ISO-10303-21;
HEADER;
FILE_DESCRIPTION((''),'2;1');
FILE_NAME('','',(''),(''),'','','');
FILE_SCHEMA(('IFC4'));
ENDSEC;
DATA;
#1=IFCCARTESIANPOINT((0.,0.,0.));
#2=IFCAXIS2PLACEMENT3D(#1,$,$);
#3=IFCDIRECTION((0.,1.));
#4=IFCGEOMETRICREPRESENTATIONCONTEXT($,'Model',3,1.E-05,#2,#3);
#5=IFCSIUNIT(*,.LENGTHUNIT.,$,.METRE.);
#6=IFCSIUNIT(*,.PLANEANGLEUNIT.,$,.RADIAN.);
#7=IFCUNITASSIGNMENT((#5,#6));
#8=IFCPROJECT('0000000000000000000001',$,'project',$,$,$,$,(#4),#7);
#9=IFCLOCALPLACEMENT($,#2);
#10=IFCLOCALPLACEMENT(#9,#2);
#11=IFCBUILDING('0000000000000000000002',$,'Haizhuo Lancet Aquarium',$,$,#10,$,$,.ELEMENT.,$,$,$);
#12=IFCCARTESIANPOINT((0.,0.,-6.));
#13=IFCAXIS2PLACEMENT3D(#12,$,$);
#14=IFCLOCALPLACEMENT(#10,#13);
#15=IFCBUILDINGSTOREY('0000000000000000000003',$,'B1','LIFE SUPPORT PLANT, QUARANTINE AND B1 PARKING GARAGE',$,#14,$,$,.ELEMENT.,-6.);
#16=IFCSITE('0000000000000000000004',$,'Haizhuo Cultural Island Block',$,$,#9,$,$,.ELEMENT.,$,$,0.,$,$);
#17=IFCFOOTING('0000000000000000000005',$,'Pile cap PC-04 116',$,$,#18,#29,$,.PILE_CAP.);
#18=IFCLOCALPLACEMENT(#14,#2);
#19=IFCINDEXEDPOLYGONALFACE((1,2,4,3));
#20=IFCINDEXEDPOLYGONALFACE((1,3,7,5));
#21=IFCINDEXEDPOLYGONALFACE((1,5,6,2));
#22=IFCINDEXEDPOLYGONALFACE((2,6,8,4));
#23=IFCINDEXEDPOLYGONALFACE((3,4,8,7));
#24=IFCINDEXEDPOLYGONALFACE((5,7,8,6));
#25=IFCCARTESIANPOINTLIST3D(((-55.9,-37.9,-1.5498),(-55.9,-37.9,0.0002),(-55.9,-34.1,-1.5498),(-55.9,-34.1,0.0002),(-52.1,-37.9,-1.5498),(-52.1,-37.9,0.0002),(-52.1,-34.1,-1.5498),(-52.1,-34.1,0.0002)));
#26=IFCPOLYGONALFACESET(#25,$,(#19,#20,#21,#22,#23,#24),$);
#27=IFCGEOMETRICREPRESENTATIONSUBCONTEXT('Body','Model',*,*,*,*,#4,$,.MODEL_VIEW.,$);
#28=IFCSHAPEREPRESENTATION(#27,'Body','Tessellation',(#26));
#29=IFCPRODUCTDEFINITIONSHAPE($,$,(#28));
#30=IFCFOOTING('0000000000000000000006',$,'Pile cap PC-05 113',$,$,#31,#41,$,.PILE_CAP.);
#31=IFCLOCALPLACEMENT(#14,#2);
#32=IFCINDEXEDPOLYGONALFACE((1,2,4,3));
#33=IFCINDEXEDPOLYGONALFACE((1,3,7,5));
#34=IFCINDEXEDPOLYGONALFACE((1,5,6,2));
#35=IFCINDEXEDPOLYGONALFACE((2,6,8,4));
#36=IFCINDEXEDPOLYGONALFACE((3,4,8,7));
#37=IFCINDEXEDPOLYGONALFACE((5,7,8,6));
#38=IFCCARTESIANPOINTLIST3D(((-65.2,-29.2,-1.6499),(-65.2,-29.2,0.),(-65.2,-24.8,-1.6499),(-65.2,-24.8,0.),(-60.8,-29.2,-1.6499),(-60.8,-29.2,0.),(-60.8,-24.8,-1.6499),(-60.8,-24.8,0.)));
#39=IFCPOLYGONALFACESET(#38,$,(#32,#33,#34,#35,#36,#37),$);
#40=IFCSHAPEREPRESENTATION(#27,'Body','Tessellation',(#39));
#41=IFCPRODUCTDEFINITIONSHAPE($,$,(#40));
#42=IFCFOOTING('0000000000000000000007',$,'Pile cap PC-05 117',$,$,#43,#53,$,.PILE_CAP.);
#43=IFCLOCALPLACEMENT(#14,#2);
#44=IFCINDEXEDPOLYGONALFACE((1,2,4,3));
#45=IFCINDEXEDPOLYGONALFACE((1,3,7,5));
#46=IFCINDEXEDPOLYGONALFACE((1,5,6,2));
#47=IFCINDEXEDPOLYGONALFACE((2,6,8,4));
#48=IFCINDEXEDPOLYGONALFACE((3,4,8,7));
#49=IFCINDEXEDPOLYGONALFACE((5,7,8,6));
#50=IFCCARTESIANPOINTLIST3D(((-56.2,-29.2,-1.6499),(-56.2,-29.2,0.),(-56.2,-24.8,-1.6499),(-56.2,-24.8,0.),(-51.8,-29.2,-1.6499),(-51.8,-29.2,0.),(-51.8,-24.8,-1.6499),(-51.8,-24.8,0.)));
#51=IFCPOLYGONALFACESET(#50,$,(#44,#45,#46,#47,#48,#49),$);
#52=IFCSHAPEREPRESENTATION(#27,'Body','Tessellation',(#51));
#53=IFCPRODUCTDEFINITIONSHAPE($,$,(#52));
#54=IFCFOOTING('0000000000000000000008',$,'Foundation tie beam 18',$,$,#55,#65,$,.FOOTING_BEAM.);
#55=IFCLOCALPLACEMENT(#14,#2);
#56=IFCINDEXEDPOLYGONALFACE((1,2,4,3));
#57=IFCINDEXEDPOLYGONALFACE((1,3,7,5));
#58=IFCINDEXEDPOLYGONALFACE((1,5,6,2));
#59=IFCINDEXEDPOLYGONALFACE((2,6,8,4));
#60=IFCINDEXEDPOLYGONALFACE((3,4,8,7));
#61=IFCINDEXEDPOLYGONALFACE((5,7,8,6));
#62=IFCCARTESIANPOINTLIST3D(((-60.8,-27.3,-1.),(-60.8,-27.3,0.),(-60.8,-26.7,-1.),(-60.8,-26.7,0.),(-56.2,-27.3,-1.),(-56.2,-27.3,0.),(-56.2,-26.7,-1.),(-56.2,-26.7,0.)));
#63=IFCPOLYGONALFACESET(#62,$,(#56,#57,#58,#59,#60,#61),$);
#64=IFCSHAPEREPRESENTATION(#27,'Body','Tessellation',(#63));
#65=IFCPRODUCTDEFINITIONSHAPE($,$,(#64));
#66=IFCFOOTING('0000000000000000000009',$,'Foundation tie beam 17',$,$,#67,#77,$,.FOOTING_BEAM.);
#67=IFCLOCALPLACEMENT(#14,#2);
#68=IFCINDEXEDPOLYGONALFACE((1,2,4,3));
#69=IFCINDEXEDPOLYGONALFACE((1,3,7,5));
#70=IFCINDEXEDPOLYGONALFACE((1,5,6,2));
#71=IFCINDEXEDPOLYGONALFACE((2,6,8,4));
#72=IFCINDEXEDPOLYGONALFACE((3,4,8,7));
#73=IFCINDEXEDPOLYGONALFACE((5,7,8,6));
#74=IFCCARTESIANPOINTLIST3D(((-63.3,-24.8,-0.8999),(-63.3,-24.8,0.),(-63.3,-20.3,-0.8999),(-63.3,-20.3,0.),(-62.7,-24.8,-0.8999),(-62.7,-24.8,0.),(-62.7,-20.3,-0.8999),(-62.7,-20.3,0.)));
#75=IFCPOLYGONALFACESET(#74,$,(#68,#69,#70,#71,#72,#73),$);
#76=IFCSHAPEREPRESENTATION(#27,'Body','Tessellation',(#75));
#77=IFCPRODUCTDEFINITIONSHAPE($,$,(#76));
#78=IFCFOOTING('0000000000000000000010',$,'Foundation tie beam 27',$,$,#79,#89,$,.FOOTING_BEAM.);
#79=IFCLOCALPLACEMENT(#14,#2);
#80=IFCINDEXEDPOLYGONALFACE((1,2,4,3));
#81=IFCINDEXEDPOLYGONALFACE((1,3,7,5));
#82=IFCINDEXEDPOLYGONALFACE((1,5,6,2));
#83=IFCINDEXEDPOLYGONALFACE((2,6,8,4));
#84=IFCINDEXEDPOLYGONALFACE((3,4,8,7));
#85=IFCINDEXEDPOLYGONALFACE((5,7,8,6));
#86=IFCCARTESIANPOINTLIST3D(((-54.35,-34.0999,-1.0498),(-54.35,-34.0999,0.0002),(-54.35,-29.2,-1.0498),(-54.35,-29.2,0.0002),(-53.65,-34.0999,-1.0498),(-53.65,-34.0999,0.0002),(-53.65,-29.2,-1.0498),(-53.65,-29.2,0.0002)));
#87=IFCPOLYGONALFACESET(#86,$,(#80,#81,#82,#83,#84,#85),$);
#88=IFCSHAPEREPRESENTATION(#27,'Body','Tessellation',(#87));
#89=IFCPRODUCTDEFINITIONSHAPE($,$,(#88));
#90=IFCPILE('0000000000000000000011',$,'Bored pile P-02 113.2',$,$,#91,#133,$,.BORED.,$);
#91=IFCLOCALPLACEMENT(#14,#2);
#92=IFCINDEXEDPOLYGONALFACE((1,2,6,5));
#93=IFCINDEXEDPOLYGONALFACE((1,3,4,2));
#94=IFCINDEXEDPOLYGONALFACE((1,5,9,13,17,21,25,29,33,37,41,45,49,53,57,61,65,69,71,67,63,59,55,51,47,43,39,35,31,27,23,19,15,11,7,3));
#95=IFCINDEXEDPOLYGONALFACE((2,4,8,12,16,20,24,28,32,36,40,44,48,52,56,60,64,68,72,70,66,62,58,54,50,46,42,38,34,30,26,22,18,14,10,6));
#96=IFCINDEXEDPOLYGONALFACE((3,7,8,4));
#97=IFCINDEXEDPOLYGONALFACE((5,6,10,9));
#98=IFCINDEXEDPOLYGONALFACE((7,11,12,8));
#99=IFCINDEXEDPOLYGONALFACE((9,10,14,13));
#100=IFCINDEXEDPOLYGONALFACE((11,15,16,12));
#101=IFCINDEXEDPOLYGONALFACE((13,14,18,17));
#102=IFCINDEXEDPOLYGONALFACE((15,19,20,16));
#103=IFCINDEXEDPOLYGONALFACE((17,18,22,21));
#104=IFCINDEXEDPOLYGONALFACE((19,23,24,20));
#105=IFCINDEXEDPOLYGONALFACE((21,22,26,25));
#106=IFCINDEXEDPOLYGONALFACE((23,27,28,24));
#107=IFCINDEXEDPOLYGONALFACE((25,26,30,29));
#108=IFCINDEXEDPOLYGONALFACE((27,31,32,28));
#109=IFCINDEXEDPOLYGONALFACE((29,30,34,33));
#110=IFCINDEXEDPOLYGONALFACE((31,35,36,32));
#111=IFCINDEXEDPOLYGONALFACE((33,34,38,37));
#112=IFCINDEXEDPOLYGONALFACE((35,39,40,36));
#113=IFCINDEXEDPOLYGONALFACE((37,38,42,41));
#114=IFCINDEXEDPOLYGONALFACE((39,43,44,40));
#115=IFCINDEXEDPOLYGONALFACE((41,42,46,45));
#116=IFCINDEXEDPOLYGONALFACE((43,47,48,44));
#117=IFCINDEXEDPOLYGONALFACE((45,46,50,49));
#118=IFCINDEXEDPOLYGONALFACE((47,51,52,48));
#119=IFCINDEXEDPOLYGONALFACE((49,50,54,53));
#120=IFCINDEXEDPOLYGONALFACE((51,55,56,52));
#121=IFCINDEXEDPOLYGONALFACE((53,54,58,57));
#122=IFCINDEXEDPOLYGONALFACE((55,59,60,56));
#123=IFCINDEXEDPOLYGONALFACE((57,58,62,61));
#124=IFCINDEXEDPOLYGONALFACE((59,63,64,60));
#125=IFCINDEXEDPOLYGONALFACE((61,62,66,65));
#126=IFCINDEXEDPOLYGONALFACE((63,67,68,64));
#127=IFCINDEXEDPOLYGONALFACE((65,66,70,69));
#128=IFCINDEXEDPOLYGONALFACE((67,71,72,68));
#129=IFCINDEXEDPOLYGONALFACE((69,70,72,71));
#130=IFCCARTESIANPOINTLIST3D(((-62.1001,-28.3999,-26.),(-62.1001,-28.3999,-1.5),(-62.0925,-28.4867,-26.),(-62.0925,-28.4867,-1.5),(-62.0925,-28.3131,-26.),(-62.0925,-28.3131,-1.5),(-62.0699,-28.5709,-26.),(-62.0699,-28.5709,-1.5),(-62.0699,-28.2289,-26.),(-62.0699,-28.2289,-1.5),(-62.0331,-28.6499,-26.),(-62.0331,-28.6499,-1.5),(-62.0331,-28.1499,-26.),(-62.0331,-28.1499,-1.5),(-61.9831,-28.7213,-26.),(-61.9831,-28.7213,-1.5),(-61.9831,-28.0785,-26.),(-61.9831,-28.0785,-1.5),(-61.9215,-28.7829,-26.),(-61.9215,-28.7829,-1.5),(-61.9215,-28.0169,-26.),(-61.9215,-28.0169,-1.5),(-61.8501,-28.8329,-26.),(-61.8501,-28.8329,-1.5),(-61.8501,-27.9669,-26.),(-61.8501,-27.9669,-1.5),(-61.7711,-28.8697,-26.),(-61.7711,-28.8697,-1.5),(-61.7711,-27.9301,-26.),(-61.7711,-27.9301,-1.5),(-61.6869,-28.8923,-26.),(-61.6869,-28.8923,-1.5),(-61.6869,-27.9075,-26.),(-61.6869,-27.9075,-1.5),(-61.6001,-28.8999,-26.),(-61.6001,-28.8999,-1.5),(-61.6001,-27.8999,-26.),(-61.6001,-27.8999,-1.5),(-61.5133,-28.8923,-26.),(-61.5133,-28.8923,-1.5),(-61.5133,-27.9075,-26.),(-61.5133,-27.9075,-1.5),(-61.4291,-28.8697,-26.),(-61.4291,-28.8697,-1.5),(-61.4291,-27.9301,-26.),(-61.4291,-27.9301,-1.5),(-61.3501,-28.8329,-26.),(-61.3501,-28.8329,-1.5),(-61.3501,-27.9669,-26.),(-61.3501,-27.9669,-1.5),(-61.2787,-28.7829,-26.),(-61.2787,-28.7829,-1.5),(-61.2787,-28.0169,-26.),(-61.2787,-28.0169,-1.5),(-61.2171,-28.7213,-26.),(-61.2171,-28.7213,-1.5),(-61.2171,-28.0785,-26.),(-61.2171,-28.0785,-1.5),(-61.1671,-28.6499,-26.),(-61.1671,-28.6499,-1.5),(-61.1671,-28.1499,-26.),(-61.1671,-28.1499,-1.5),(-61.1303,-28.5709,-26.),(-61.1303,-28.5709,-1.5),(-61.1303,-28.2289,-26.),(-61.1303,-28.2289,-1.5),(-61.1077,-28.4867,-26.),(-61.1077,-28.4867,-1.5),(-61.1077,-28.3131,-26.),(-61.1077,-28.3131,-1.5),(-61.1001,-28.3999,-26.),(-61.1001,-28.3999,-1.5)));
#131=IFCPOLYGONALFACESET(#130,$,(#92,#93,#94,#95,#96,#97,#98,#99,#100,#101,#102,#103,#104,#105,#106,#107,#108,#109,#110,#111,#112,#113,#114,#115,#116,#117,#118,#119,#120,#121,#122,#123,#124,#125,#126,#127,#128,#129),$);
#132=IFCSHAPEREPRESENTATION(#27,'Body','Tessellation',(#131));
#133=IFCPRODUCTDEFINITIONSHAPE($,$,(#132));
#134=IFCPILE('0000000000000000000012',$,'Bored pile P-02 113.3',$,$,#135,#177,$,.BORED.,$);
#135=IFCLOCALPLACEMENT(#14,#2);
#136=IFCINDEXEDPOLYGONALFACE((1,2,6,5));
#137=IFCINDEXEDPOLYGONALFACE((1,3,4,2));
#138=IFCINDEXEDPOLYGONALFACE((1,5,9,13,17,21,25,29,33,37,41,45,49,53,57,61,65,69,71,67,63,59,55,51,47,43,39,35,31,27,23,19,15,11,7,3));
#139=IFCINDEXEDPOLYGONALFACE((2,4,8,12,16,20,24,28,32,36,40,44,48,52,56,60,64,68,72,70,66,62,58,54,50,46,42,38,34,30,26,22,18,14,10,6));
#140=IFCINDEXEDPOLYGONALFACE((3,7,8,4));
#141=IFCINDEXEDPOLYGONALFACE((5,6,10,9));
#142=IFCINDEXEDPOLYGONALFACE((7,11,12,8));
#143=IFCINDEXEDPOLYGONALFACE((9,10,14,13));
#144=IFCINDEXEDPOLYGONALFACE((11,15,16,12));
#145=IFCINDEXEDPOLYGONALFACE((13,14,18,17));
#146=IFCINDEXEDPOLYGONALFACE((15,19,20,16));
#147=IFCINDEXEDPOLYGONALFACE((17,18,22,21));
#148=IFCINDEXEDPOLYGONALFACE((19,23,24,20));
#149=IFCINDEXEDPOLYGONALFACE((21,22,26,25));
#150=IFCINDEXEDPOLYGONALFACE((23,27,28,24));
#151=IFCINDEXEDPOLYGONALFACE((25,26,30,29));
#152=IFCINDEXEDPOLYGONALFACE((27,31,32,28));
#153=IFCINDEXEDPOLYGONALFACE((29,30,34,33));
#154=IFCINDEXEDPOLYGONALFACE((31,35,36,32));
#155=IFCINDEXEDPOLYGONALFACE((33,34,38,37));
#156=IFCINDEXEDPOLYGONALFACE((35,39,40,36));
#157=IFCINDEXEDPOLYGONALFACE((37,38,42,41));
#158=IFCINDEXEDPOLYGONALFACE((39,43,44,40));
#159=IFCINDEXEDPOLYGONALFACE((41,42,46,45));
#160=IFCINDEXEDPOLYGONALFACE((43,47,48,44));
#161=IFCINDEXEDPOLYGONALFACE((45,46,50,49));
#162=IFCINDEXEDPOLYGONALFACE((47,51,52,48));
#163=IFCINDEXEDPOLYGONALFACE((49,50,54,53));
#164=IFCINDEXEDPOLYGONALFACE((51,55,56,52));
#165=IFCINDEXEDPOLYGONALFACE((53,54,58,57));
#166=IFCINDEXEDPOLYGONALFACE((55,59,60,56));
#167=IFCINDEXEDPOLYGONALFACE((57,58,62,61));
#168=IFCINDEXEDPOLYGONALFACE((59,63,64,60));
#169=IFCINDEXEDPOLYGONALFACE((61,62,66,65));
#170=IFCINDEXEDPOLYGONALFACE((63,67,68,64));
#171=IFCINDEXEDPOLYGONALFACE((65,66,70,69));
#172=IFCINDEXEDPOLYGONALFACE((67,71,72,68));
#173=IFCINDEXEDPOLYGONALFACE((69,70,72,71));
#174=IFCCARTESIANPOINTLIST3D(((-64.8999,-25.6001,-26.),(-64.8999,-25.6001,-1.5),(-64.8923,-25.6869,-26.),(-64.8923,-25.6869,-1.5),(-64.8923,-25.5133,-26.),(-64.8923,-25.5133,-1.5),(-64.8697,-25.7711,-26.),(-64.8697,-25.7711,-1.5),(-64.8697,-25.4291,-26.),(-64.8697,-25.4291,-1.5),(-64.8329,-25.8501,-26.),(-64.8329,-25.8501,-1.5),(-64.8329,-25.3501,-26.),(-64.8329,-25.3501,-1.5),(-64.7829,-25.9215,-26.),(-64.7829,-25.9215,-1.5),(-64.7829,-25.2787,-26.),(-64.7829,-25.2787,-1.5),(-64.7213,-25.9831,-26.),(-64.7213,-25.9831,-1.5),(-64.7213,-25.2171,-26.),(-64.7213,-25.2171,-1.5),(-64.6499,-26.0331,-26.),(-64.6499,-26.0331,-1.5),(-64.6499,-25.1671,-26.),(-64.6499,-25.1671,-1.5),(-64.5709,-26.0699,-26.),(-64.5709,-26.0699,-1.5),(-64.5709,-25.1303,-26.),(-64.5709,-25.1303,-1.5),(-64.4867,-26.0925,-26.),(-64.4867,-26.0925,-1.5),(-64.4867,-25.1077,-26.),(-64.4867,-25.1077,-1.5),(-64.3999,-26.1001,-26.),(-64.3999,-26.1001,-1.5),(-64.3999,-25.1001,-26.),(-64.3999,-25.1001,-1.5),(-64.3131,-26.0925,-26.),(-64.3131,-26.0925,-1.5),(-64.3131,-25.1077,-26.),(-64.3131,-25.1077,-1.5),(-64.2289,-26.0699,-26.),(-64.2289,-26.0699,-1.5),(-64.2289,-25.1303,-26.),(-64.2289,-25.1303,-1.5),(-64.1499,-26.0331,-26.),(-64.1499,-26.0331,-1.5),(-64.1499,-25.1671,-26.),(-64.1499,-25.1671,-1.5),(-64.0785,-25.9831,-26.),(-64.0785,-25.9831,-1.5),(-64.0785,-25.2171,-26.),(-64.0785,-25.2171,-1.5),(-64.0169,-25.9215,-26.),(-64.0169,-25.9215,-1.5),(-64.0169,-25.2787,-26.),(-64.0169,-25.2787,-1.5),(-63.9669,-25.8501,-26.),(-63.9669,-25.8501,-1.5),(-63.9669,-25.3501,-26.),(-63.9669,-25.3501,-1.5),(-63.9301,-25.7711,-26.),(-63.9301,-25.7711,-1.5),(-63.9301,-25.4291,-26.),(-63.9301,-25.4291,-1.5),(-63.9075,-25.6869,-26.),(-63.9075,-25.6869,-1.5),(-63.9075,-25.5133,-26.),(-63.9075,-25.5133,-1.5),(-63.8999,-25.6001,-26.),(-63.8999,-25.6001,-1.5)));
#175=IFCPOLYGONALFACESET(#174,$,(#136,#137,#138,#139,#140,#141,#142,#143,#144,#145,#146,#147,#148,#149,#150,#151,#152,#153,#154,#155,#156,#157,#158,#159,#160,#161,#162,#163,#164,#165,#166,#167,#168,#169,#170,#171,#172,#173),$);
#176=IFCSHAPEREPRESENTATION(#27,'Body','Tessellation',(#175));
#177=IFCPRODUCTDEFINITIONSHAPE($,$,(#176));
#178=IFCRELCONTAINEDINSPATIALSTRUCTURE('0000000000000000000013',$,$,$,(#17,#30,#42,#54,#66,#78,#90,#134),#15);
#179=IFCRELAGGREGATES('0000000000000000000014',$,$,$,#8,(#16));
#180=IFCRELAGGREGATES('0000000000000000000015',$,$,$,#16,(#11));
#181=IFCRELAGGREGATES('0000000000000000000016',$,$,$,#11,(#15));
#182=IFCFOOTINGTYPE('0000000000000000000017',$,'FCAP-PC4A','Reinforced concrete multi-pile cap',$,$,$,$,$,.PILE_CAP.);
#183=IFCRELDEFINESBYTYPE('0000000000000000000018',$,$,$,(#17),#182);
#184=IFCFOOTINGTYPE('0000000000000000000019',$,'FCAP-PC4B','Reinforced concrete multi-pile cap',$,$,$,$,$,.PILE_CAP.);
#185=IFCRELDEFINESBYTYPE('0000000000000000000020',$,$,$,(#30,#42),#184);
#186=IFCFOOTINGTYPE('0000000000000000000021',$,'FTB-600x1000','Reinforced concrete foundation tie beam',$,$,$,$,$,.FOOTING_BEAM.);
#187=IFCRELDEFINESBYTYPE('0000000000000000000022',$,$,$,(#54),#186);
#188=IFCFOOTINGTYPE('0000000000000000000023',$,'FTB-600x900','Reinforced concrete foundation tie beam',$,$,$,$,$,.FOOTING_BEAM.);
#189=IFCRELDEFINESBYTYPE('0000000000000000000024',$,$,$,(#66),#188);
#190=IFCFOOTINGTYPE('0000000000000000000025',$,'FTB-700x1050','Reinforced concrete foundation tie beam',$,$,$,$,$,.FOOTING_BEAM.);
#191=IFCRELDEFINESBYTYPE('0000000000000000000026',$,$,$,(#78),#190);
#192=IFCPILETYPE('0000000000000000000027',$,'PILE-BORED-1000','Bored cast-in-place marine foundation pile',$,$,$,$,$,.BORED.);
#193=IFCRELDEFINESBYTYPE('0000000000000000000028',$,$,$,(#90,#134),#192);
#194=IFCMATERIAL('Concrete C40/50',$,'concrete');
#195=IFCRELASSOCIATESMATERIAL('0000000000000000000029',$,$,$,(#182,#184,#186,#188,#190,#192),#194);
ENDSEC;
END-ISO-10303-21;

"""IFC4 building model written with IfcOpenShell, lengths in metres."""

from ifc_helpers import new_model, si_unit, direction, frame, origin, origin_2d, place, context, subcontext, project, spatial, rectangle, circle, extrude, material, material_profile, profile_set, type_object, element, save


model = new_model("IFC4")

# Units and contexts
model_context = context("Model", 3, precision=1e-05, world=origin(), true_north=direction((0.0, 1.0)))
body_context = subcontext(model_context, "Body", "Model", "MODEL_VIEW")
ifc_project = project(units=[si_unit("LENGTHUNIT", "METRE"), si_unit("PLANEANGLEUNIT", "RADIAN")], contexts=[model_context])

# Site, building, storey
site_placement = place(None, origin())
site = spatial("IfcSite", under=ifc_project, at=site_placement, Name="Haizhuo Cultural Island Block", CompositionType="ELEMENT", RefElevation=0.0)
building_placement = place(site_placement, origin())
building = spatial("IfcBuilding", under=site, at=building_placement, Name="Haizhuo Lancet Aquarium", CompositionType="ELEMENT")
storey_placement = place(building_placement, frame((0.0, 0.0, -6.0)))
storey = spatial("IfcBuildingStorey", under=building, at=storey_placement, Name="B1", Description="LIFE SUPPORT PLANT, QUARANTINE AND B1 PARKING GARAGE", CompositionType="ELEMENT", Elevation=-6.0)

# Footings
ifc_material_1 = material(Name="Concrete C40/50", Category="concrete")
footing_type_1 = type_object("IfcFootingType", Name="FCAP-PC4A", Description="Reinforced concrete multi-pile cap", PredefinedType="PILE_CAP", material=ifc_material_1)
footing_1_placement = place(storey_placement, frame((-54.0, -36.0, -1.5498), z_axis=(0.0, 0.0, 1.0), x_axis=(1.0, 0.0, 0.0)))
element("IfcFooting", 1, at=footing_1_placement, inside=storey, type_object=footing_type_1, Name="Pile cap PC-04 116", PredefinedType="PILE_CAP", context=body_context, shape_type="SweptSolid", body=[
    extrude(rectangle(XDim=3.8, YDim=3.8, at=origin_2d()), origin(), (0.0, 0.0, 1.0), 1.55),
])
footing_type_2 = type_object("IfcFootingType", Name="FCAP-PC4B", Description="Reinforced concrete multi-pile cap", PredefinedType="PILE_CAP", material=ifc_material_1)
for number, where, z_axis, x_axis, name in (
    (2, (-63.0, -27.0, -1.6499), (0.0, 0.0, 1.0), (1.0, 0.0, 0.0), "Pile cap PC-05 113"),
    (3, (-54.0, -27.0, -1.6499), (0.0, 0.0, 1.0), (1.0, 0.0, 0.0), "Pile cap PC-05 117"),
):
    element("IfcFooting", number, at=place(storey_placement, frame(where, z_axis=z_axis, x_axis=x_axis)), inside=storey, type_object=footing_type_2, Name=name, PredefinedType="PILE_CAP", context=body_context, shape_type="SweptSolid", body=[
        extrude(rectangle(XDim=4.3999, YDim=4.3999, at=origin_2d()), origin(), (0.0, 0.0, 1.0), 1.6499),
    ])
footing_type_3 = type_object("IfcFootingType", Name="FTB-600x1000", Description="Reinforced concrete foundation tie beam", PredefinedType="FOOTING_BEAM", material=ifc_material_1)
footing_2_placement = place(storey_placement, frame((-58.5, -27.0, -1.0), z_axis=(0.0, 0.0, 1.0), x_axis=(1.0, 0.0, 0.0)))
element("IfcFooting", 4, at=footing_2_placement, inside=storey, type_object=footing_type_3, Name="Foundation tie beam 18", PredefinedType="FOOTING_BEAM", context=body_context, shape_type="SweptSolid", body=[
    extrude(rectangle(XDim=4.6001, YDim=0.6001, at=origin_2d()), origin(), (0.0, 0.0, 1.0), 1.0),
])
footing_type_4 = type_object("IfcFootingType", Name="FTB-600x900", Description="Reinforced concrete foundation tie beam", PredefinedType="FOOTING_BEAM", material=ifc_material_1)
footing_3_placement = place(storey_placement, frame((-63.0, -22.55, -0.8999), z_axis=(0.0, 0.0, 1.0), x_axis=(0.0, 1.0, 0.0)))
element("IfcFooting", 5, at=footing_3_placement, inside=storey, type_object=footing_type_4, Name="Foundation tie beam 17", PredefinedType="FOOTING_BEAM", context=body_context, shape_type="SweptSolid", body=[
    extrude(rectangle(XDim=4.5, YDim=0.6001, at=origin_2d()), origin(), (0.0, 0.0, 1.0), 0.8999),
])
footing_type_5 = type_object("IfcFootingType", Name="FTB-700x1050", Description="Reinforced concrete foundation tie beam", PredefinedType="FOOTING_BEAM", material=ifc_material_1)
footing_4_placement = place(storey_placement, frame((-54.0, -31.6499, -1.0498), z_axis=(0.0, 0.0, 1.0), x_axis=(0.0, 1.0, 0.0)))
element("IfcFooting", 6, at=footing_4_placement, inside=storey, type_object=footing_type_5, Name="Foundation tie beam 27", PredefinedType="FOOTING_BEAM", context=body_context, shape_type="SweptSolid", body=[
    extrude(rectangle(XDim=4.8999, YDim=0.7, at=origin_2d()), origin(), (0.0, 0.0, 1.0), 1.05),
])

# Piles
ifc_material_profile_1 = material_profile(ifc_material_1, circle(Radius=0.5, at=origin_2d()), Name="PILE-1000")
ifc_profile_set_1 = profile_set([ifc_material_profile_1], Name="Concrete C40/50")
pile_type_1 = type_object("IfcPileType", Name="PILE-BORED-1000", Description="Bored cast-in-place marine foundation pile", PredefinedType="BORED", material=ifc_profile_set_1)
for number, where, z_axis, x_axis, name in (
    (7, (-61.6001, -28.3999, -1.5), (0.0, 0.0, -1.0), (1.0, 0.0, 0.0), "Bored pile P-02 113.2"),
    (8, (-64.3999, -25.6001, -1.5), (0.0, 0.0, -1.0), (1.0, 0.0, 0.0), "Bored pile P-02 113.3"),
):
    element("IfcPile", number, at=place(storey_placement, frame(where, z_axis=z_axis, x_axis=x_axis)), inside=storey, type_object=pile_type_1, Name=name, PredefinedType="BORED", context=body_context, shape_type="SweptSolid", body=[
        extrude(circle(Radius=0.5, at=origin_2d()), origin(), (0.0, 0.0, 1.0), 24.5),
    ])

save(model, "model.ifc")
